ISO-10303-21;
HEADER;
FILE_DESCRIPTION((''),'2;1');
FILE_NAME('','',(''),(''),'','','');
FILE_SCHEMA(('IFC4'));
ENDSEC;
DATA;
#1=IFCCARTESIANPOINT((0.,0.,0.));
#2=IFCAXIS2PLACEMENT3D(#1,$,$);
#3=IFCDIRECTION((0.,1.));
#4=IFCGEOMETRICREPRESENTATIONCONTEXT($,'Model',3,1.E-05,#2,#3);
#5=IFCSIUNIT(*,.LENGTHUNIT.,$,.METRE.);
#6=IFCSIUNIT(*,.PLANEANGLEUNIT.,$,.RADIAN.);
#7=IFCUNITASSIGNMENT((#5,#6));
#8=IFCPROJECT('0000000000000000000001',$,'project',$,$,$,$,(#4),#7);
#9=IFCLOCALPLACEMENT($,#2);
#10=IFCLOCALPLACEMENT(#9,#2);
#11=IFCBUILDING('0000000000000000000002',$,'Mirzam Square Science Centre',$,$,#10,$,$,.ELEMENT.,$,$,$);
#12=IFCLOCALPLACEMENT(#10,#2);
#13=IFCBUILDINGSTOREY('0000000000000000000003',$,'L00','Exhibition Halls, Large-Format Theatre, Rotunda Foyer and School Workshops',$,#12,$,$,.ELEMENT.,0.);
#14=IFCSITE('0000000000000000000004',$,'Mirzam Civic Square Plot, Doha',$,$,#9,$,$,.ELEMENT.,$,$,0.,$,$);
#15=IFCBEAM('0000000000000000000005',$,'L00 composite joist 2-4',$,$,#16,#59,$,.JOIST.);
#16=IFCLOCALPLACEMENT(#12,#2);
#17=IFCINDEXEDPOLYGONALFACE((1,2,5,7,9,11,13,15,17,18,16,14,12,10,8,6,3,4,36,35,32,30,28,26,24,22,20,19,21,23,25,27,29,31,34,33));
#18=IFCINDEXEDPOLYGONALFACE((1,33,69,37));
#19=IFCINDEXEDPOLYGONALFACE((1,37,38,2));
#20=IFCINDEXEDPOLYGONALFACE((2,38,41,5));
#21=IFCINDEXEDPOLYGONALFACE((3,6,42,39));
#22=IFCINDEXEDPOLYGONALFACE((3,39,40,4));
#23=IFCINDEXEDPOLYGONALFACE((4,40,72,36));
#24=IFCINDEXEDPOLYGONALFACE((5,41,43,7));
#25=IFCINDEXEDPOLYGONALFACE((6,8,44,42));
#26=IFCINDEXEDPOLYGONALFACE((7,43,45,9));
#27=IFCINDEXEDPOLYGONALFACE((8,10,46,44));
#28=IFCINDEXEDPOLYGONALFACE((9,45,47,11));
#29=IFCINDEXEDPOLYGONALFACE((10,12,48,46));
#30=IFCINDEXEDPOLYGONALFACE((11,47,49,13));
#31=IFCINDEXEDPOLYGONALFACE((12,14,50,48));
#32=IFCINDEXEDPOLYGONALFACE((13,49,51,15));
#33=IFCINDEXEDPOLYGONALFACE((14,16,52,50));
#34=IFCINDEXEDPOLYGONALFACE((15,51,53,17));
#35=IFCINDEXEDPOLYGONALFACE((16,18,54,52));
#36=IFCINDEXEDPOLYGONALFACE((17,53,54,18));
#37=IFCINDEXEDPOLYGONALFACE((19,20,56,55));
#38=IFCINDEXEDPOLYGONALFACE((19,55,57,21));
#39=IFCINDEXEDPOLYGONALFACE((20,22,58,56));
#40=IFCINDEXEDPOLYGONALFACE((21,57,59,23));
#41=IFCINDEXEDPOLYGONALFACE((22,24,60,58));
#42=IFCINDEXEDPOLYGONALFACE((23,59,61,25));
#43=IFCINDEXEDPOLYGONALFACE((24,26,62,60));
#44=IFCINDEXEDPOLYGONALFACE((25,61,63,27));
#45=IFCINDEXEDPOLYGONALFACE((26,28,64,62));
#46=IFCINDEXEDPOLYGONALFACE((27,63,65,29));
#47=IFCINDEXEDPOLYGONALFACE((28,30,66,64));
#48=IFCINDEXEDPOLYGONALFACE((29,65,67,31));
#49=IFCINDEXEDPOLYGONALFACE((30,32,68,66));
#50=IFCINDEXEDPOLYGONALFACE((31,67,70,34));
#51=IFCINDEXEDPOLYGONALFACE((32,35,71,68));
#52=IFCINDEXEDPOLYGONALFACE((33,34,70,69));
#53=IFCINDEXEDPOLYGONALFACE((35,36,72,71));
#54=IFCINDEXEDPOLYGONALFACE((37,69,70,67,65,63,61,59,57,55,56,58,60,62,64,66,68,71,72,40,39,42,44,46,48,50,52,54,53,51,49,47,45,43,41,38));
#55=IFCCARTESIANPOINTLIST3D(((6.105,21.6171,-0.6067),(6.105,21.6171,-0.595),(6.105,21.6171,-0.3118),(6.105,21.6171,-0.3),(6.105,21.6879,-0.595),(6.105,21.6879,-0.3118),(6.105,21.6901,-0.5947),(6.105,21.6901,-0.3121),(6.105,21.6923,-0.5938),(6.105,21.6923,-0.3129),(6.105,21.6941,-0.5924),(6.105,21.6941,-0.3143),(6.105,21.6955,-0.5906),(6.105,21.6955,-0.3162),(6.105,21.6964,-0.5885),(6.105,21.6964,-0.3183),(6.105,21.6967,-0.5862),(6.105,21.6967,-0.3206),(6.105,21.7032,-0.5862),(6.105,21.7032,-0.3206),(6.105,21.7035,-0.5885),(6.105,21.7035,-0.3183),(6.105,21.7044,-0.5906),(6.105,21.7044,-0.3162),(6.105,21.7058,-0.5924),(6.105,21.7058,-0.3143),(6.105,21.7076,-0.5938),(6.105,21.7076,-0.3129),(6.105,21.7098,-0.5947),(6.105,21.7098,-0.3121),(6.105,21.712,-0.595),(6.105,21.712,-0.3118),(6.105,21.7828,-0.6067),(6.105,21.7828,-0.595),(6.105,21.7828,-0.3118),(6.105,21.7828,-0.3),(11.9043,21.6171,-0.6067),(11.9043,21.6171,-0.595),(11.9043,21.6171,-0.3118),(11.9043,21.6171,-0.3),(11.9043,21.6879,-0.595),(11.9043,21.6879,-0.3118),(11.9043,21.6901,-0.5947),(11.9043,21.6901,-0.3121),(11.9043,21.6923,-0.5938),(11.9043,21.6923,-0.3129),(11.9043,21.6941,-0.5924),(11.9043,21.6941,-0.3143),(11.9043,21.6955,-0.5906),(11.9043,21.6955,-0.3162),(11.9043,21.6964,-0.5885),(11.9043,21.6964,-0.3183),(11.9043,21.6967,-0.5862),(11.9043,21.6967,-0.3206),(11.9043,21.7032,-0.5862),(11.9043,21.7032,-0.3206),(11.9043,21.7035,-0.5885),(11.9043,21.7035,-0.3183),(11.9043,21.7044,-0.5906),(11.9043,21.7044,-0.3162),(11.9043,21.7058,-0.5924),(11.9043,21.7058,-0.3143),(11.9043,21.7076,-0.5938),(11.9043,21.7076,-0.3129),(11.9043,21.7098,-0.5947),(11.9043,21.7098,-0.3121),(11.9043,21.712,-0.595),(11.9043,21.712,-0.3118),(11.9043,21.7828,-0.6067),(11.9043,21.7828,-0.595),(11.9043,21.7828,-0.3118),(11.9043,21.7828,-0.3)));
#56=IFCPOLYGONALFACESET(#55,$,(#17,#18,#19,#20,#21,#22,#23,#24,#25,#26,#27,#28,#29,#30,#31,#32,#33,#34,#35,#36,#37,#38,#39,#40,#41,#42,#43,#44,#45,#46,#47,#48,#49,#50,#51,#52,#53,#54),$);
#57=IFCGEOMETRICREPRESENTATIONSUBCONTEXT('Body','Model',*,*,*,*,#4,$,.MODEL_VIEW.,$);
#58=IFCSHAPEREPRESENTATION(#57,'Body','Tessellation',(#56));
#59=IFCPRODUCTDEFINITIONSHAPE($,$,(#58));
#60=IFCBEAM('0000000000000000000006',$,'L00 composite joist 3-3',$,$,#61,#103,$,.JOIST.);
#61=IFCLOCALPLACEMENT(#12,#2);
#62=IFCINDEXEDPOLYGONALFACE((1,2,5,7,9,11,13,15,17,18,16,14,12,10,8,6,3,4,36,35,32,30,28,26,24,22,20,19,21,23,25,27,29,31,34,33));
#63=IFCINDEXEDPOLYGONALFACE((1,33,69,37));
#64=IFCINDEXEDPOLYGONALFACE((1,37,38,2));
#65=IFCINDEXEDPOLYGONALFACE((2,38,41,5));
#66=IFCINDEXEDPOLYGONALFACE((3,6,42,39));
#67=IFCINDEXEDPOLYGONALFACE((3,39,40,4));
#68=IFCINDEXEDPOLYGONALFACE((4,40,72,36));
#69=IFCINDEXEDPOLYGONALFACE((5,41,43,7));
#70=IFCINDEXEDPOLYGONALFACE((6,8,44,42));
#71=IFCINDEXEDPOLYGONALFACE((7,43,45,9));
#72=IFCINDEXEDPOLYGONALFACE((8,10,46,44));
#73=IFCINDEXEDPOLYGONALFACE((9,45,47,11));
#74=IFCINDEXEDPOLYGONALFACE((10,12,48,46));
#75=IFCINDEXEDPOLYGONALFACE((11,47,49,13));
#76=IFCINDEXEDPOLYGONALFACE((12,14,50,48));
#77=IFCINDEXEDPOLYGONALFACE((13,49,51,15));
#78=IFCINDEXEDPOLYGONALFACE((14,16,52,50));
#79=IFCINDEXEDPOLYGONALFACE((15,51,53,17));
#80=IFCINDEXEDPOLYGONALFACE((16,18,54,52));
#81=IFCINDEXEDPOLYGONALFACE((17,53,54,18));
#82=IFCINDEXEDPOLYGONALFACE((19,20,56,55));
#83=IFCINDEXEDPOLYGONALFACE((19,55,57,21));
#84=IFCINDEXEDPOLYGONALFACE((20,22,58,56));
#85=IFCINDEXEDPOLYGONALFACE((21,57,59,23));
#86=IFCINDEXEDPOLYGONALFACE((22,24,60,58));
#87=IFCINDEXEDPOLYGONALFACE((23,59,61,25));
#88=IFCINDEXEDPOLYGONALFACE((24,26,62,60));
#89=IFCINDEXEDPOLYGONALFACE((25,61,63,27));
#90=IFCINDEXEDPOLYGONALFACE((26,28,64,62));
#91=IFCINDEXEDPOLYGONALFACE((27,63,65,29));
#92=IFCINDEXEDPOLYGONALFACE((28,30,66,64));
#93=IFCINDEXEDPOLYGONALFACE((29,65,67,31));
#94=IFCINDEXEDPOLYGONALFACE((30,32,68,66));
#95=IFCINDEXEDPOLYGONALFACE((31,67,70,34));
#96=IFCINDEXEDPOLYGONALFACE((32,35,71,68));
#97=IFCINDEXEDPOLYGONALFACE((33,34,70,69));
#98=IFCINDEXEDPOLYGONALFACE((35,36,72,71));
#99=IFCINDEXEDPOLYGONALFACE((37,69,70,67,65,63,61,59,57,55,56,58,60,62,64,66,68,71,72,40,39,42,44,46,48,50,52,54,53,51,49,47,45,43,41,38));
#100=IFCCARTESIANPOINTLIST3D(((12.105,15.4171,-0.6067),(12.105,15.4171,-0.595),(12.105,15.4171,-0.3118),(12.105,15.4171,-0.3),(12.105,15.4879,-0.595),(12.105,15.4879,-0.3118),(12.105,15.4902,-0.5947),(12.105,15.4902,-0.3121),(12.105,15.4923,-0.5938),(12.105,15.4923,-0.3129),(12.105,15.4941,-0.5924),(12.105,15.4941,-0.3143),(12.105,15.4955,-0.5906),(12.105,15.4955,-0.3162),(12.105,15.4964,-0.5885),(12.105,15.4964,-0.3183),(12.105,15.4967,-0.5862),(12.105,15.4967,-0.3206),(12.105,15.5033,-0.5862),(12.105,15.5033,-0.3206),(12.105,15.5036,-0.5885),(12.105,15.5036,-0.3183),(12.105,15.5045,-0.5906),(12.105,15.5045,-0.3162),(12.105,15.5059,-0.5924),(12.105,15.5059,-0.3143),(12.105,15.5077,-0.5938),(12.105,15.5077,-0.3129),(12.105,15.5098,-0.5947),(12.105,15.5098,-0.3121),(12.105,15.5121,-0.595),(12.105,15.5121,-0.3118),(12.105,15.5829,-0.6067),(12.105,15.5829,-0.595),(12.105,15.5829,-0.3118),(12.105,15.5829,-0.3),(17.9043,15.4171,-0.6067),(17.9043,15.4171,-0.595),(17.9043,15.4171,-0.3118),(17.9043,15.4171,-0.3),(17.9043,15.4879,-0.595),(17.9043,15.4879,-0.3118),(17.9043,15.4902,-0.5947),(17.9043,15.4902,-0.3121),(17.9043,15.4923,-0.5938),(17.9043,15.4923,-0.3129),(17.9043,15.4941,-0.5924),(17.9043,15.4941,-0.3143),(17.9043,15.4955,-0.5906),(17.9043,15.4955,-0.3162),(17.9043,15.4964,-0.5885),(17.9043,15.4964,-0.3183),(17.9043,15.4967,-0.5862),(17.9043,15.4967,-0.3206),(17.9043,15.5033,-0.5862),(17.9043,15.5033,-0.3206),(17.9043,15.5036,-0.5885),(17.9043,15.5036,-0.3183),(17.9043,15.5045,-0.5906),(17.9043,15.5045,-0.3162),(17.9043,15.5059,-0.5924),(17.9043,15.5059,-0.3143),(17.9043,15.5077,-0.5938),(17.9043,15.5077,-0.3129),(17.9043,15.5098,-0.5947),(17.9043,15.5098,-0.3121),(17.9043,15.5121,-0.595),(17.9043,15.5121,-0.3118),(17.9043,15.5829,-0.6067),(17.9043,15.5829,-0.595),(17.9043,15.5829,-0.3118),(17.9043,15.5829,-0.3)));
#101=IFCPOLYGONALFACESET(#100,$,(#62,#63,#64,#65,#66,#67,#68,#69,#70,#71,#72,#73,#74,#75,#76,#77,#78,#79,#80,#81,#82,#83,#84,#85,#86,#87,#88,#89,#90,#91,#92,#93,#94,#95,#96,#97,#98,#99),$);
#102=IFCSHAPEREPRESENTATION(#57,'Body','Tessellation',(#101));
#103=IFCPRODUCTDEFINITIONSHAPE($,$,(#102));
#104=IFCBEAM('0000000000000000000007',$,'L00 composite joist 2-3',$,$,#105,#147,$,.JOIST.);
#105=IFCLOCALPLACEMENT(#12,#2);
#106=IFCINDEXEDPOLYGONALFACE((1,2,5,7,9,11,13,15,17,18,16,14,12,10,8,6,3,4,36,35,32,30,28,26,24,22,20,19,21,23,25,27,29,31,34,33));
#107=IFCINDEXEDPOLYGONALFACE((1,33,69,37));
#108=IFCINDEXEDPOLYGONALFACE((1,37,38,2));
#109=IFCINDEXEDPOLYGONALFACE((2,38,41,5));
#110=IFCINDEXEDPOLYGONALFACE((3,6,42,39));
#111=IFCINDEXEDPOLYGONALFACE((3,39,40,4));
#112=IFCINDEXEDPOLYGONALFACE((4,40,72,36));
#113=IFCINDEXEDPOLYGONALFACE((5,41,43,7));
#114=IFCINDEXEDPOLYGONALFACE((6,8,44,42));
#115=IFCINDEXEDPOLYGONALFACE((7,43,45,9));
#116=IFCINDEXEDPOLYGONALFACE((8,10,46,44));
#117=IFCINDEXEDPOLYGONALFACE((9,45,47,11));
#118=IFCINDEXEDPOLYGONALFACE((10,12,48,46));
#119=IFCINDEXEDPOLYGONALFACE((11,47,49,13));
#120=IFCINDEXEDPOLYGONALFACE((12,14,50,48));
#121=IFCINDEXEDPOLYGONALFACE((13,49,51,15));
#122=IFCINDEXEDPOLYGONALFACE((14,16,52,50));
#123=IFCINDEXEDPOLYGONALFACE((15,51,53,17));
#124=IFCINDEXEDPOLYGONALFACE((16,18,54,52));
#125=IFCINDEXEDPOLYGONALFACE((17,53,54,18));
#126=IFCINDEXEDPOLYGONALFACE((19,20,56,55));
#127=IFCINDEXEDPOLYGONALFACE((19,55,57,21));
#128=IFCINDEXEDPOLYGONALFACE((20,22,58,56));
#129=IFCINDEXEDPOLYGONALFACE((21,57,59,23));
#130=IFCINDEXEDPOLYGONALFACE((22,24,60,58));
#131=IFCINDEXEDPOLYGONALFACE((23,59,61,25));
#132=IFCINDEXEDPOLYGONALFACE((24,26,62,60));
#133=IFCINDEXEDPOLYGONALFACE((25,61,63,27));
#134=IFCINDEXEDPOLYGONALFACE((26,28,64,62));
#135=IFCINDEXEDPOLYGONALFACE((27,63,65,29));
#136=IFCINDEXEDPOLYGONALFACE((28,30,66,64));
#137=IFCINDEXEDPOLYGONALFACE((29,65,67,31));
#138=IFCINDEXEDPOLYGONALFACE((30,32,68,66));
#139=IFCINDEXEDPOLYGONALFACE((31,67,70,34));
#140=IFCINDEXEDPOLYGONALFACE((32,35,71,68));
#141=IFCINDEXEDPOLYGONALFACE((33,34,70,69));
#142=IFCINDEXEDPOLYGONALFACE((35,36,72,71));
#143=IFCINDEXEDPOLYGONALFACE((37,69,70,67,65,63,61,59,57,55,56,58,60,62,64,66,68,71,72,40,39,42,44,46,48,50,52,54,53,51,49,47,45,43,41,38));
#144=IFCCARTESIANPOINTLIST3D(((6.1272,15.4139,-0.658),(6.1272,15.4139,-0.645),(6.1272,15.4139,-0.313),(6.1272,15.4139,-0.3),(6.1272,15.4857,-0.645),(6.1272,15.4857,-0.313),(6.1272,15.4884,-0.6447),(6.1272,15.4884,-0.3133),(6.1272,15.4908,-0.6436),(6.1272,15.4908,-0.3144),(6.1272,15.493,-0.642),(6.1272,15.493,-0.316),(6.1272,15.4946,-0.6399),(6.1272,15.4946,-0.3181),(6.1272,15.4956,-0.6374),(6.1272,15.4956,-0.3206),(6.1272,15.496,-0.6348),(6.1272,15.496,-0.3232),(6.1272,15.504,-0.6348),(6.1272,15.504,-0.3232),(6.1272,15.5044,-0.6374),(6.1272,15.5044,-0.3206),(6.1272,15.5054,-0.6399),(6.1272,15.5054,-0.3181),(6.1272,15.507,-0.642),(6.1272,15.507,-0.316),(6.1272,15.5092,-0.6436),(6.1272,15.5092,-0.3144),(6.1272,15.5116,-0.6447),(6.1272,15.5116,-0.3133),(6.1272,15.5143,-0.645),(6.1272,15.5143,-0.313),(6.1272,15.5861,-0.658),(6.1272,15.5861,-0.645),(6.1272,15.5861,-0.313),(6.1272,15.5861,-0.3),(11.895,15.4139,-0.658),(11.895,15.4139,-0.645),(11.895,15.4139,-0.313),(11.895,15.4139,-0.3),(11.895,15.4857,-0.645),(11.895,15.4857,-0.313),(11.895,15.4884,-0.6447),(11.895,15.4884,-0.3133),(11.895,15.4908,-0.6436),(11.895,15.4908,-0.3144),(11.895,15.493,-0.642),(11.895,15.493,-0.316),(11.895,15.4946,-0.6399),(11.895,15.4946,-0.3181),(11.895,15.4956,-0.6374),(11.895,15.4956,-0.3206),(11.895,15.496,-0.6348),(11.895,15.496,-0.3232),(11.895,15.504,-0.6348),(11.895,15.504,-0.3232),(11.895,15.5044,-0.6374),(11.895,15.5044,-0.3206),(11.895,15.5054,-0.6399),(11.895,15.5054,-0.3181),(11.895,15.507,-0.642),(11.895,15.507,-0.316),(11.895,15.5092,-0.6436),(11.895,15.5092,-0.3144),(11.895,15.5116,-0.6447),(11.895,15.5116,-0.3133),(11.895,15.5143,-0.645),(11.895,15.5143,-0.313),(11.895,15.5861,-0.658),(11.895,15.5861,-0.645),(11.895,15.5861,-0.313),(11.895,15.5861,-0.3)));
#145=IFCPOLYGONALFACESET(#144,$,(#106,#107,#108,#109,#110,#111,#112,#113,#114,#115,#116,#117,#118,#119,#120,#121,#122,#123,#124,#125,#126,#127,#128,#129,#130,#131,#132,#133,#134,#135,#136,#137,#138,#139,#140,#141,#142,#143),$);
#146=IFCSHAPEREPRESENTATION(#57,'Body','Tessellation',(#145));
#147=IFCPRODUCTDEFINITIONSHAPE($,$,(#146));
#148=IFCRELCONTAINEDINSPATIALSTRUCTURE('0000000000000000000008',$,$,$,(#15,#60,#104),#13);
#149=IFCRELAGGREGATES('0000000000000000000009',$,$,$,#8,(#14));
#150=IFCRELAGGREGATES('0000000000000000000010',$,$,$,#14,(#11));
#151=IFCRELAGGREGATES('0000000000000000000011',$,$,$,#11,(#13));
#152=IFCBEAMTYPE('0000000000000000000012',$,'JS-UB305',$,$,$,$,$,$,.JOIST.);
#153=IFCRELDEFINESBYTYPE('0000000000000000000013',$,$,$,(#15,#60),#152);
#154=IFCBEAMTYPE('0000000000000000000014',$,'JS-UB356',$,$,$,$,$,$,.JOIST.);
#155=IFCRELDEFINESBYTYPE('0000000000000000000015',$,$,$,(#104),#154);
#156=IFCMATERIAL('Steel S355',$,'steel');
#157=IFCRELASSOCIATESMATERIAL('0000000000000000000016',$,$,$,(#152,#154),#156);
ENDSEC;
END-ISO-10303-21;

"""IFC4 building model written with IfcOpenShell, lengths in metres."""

from ifc_helpers import new_model, si_unit, direction, frame, origin, origin_2d, place, context, subcontext, project, spatial, i_section, extrude, material, material_profile, profile_set, type_object, element, save


model = new_model("IFC4")

# Units and contexts
model_context = context("Model", 3, precision=1e-05, world=origin(), true_north=direction((0.0, 1.0)))
body_context = subcontext(model_context, "Body", "Model", "MODEL_VIEW")
ifc_project = project(units=[si_unit("LENGTHUNIT", "METRE"), si_unit("PLANEANGLEUNIT", "RADIAN")], contexts=[model_context])

# Site, building, storey
site_placement = place(None, origin())
site = spatial("IfcSite", under=ifc_project, at=site_placement, Name="Mirzam Civic Square Plot, Doha", CompositionType="ELEMENT", RefElevation=0.0)
building_placement = place(site_placement, origin())
building = spatial("IfcBuilding", under=site, at=building_placement, Name="Mirzam Square Science Centre", CompositionType="ELEMENT")
storey_placement = place(building_placement, origin())
storey = spatial("IfcBuildingStorey", under=building, at=storey_placement, Name="L00", Description="Exhibition Halls, Large-Format Theatre, Rotunda Foyer and School Workshops", CompositionType="ELEMENT", Elevation=0.0)

# Shared definitions
ifc_material_1 = material(Name="Steel S355", Category="steel")

# Beams
ifc_material_profile_1 = material_profile(ifc_material_1, i_section(OverallWidth=0.1658, OverallDepth=0.3066, WebThickness=0.0066, FlangeThickness=0.0117, FilletRadius=0.0088, at=origin_2d()), Name="305x165x46UB")
ifc_profile_set_1 = profile_set([ifc_material_profile_1], Name="Steel S355")
beam_type_1 = type_object("IfcBeamType", Name="JS-UB305", PredefinedType="JOIST", material=ifc_profile_set_1)
for number, where, z_axis, x_axis, name in (
    (1, (6.105, 21.7, -0.4534), (1.0, 0.0, 0.0), (0.0, 1.0, 0.0), "L00 composite joist 2-4"),
    (2, (12.105, 15.5, -0.4534), (1.0, 0.0, 0.0), (0.0, 1.0, 0.0), "L00 composite joist 3-3"),
):
    element("IfcBeam", number, at=place(storey_placement, frame(where, z_axis=z_axis, x_axis=x_axis)), inside=storey, type_object=beam_type_1, Name=name, PredefinedType="JOIST", context=body_context, shape_type="SweptSolid", body=[
        extrude(i_section(OverallWidth=0.1658, OverallDepth=0.3066, WebThickness=0.0066, FlangeThickness=0.0117, FilletRadius=0.0088, at=origin_2d()), origin(), (0.0, 0.0, 1.0), 5.7993),
    ])
ifc_material_profile_2 = material_profile(ifc_material_1, i_section(OverallWidth=0.1721, OverallDepth=0.3579, WebThickness=0.0081, FlangeThickness=0.0129, FilletRadius=0.0103, at=origin_2d()), Name="356x171x57UB")
ifc_profile_set_2 = profile_set([ifc_material_profile_2], Name="Steel S355")
beam_type_2 = type_object("IfcBeamType", Name="JS-UB356", PredefinedType="JOIST", material=ifc_profile_set_2)
beam_1_placement = place(storey_placement, frame((6.1272, 15.5, -0.479), z_axis=(1.0, 0.0, 0.0), x_axis=(0.0, 1.0, 0.0)))
element("IfcBeam", 3, at=beam_1_placement, inside=storey, type_object=beam_type_2, Name="L00 composite joist 2-3", PredefinedType="JOIST", context=body_context, shape_type="SweptSolid", body=[
    extrude(i_section(OverallWidth=0.1721, OverallDepth=0.3579, WebThickness=0.0081, FlangeThickness=0.0129, FilletRadius=0.0103, at=origin_2d()), origin(), (0.0, 0.0, 1.0), 5.7678),
])

save(model, "model.ifc")
